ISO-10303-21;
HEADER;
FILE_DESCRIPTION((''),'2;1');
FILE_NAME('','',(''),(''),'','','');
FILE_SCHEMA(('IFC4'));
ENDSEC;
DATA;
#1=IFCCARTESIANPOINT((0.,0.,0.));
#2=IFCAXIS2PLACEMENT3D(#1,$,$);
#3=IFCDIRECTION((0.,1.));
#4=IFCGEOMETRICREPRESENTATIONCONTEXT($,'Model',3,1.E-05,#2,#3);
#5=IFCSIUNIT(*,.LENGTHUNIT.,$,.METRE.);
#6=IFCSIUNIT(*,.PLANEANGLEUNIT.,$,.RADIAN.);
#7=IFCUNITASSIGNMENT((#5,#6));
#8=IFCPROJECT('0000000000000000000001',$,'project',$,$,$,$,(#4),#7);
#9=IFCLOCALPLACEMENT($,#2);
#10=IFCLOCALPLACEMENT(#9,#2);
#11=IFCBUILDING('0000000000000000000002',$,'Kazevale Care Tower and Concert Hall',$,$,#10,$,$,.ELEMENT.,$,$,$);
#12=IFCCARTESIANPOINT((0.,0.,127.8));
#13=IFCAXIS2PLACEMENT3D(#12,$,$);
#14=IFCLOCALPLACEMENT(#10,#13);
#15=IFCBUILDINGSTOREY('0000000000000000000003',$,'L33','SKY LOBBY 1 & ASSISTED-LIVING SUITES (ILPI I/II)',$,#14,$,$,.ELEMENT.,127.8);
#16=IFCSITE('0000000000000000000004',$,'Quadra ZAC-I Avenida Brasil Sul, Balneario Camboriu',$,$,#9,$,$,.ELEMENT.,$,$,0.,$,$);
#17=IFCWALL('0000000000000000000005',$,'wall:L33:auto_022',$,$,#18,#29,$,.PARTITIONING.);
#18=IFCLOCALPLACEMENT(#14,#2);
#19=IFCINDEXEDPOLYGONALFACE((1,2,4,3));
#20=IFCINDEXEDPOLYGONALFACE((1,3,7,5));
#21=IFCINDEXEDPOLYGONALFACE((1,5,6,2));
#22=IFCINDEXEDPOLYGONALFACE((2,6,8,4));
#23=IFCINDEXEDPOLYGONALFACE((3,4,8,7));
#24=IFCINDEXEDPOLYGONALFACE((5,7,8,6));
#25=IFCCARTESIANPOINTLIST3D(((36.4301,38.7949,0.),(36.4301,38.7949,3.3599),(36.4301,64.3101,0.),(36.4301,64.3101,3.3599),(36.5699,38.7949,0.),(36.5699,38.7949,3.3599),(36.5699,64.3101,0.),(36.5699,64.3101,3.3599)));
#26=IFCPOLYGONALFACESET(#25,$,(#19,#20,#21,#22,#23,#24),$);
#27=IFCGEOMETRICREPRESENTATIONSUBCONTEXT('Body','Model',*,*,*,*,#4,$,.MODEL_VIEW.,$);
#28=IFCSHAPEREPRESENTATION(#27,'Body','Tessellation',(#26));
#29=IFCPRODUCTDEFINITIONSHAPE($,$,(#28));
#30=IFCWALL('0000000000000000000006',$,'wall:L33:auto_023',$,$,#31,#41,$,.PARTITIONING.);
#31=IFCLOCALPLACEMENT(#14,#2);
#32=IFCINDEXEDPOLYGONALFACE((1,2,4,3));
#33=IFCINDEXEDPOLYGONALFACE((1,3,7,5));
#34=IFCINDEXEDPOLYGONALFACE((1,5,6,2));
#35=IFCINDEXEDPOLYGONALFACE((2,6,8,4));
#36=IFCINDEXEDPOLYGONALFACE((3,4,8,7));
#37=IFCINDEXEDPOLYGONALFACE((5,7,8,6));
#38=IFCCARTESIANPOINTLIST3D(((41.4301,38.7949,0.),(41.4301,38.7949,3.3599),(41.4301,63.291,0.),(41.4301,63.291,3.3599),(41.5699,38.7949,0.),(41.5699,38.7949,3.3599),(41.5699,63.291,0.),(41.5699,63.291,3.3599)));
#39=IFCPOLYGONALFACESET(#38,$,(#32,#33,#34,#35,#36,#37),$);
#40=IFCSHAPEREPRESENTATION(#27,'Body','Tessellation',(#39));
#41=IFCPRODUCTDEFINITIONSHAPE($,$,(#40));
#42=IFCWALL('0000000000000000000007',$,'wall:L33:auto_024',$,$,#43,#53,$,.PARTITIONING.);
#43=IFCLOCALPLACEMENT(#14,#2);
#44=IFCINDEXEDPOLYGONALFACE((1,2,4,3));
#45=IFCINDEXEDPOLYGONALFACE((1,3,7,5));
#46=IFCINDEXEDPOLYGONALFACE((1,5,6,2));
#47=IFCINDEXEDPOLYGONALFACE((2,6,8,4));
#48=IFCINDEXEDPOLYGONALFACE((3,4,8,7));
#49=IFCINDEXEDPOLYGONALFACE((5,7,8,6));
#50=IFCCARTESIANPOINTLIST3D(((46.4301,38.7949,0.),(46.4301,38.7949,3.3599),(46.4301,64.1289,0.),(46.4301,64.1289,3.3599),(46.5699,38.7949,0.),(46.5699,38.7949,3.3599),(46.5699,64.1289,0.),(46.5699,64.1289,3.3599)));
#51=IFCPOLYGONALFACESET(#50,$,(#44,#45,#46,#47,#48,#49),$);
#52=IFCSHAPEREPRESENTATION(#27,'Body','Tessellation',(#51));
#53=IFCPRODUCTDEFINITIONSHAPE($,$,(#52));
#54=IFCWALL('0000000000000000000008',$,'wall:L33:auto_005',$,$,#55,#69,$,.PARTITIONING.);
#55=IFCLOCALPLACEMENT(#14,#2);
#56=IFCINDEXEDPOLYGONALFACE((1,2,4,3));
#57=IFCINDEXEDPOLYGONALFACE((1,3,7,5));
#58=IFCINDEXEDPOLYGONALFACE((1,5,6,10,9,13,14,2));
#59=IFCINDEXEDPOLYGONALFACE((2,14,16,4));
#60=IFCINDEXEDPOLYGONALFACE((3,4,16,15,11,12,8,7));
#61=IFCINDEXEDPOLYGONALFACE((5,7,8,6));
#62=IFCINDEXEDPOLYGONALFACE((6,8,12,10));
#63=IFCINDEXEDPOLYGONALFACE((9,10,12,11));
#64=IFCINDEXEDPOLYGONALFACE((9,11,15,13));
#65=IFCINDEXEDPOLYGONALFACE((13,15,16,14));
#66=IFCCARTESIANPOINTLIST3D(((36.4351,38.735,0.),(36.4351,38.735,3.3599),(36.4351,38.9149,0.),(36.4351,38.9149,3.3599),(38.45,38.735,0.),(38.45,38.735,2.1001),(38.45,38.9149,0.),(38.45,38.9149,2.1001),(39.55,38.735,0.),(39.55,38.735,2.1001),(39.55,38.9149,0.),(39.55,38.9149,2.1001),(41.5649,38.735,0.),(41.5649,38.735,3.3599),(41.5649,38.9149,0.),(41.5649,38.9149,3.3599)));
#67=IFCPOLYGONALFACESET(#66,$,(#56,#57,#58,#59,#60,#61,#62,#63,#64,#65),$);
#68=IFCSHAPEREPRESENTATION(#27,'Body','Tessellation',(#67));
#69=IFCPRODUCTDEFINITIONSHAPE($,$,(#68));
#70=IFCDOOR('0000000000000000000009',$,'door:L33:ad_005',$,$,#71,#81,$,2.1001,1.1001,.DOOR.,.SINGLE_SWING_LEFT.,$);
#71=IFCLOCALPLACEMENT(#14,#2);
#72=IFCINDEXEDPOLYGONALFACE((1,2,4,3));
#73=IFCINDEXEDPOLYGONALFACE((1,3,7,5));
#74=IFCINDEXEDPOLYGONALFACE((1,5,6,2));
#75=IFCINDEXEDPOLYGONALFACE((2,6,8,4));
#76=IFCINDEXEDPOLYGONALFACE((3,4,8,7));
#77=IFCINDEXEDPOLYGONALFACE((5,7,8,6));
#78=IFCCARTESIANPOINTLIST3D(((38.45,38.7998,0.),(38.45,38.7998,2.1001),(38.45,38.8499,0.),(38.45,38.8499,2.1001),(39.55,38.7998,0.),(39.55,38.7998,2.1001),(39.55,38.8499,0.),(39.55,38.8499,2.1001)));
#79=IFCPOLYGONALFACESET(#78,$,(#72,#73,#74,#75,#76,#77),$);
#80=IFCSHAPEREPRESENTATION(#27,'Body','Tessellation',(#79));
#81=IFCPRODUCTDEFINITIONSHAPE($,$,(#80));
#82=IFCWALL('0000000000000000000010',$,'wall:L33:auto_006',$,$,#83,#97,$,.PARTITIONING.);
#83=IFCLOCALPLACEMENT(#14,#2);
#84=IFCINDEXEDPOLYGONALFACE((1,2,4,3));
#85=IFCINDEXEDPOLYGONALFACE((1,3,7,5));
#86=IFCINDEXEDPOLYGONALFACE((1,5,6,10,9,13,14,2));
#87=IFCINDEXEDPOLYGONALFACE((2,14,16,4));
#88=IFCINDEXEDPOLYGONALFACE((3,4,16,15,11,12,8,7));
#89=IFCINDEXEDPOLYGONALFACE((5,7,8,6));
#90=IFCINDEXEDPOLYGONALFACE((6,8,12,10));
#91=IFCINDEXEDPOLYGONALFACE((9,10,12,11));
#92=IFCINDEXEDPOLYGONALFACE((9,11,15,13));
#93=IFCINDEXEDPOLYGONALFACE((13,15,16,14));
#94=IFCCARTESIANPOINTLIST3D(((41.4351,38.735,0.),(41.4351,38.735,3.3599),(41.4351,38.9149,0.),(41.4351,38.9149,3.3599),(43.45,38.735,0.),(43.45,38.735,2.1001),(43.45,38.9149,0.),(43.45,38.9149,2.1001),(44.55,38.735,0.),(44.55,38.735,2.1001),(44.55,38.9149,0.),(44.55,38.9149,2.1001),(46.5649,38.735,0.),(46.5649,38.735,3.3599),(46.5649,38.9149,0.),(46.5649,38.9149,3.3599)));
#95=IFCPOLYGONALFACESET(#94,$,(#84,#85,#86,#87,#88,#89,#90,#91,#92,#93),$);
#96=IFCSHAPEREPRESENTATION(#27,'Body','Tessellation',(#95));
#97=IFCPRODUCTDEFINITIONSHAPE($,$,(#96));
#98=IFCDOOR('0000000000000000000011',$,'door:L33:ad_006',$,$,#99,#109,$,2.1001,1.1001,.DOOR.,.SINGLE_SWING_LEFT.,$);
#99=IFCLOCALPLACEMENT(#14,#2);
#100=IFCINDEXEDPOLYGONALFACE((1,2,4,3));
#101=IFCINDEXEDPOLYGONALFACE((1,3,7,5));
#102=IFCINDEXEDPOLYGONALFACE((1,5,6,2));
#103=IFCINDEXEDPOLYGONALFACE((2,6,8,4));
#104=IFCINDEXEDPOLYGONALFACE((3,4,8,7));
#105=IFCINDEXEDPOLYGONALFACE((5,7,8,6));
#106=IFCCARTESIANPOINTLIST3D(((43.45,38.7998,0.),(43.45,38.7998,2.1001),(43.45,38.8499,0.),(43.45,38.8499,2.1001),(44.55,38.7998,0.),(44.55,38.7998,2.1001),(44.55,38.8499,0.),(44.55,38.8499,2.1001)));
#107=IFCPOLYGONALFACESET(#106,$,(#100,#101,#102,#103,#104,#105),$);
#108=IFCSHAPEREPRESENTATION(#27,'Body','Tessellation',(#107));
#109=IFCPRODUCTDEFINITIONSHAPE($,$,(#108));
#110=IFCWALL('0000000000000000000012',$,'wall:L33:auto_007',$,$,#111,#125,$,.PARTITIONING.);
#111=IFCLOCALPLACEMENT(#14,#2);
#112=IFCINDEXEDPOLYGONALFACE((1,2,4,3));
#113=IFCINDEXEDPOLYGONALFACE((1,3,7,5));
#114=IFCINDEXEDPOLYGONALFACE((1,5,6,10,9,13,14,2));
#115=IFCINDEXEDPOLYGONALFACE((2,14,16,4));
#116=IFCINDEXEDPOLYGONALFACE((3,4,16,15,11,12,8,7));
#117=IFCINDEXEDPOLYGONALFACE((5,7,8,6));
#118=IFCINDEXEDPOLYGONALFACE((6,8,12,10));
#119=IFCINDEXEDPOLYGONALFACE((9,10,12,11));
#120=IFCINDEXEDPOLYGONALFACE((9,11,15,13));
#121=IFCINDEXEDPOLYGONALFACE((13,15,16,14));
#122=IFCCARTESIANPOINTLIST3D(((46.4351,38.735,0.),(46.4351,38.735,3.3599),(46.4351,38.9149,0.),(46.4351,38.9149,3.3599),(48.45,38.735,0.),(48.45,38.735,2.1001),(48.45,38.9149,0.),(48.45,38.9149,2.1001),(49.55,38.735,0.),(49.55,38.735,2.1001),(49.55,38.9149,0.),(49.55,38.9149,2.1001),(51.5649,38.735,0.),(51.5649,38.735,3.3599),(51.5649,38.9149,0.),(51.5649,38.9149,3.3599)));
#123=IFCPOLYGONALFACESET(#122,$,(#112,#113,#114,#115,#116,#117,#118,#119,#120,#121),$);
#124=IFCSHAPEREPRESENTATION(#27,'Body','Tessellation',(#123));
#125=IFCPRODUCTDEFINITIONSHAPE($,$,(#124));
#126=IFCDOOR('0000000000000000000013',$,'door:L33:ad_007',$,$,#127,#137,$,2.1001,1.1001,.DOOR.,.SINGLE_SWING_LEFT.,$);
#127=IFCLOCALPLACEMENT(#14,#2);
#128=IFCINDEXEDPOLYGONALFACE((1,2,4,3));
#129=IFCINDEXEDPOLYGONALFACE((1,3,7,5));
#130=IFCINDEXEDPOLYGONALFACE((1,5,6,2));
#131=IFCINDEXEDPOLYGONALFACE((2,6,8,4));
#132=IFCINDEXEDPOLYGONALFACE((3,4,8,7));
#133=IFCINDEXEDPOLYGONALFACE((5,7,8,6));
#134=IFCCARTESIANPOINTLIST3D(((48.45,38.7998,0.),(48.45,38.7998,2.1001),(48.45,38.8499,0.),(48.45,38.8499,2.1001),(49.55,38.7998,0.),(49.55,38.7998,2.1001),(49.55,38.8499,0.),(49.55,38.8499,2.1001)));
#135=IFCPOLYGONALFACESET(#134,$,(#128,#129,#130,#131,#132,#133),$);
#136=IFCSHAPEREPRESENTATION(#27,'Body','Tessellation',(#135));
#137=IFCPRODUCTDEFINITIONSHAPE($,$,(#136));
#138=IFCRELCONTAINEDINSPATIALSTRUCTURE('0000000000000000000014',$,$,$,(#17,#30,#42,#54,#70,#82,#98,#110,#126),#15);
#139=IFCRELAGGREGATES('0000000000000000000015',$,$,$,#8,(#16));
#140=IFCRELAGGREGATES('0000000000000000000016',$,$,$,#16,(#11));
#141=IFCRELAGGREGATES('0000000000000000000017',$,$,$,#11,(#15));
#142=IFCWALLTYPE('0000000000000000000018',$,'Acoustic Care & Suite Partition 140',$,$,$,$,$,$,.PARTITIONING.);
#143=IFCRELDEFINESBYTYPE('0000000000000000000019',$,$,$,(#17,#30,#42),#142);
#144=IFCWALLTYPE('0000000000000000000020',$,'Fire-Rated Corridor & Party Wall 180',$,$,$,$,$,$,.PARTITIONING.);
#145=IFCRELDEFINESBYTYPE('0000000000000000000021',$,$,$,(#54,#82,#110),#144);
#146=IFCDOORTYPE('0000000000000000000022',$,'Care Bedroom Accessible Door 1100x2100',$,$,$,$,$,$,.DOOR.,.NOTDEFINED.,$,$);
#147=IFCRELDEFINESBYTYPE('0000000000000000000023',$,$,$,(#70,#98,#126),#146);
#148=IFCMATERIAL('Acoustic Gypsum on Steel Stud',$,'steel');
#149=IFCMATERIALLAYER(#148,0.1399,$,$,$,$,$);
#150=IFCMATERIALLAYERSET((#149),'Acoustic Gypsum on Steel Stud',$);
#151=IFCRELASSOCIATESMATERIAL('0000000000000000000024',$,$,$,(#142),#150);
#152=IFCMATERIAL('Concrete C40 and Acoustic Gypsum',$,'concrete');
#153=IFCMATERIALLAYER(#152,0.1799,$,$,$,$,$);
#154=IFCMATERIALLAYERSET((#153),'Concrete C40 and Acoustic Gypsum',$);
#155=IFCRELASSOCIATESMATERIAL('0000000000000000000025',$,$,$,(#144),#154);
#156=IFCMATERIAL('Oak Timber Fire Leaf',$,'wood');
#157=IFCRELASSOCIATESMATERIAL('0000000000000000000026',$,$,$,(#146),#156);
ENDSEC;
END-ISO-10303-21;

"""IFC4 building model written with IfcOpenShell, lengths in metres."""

from ifc_helpers import new_model, si_unit, direction, frame, frame_2d, origin, place, context, subcontext, project, spatial, rectangle, extrude, material, layer, layer_set, type_object, element, fill, save


model = new_model("IFC4")

# Units and contexts
model_context = context("Model", 3, precision=1e-05, world=origin(), true_north=direction((0.0, 1.0)))
body_context = subcontext(model_context, "Body", "Model", "MODEL_VIEW")
ifc_project = project(units=[si_unit("LENGTHUNIT", "METRE"), si_unit("PLANEANGLEUNIT", "RADIAN")], contexts=[model_context])

# Site, building, storey
site_placement = place(None, origin())
site = spatial("IfcSite", under=ifc_project, at=site_placement, Name="Quadra ZAC-I Avenida Brasil Sul, Balneario Camboriu", CompositionType="ELEMENT", RefElevation=0.0)
building_placement = place(site_placement, origin())
building = spatial("IfcBuilding", under=site, at=building_placement, Name="Kazevale Care Tower and Concert Hall", CompositionType="ELEMENT")
storey_placement = place(building_placement, frame((0.0, 0.0, 127.8)))
storey = spatial("IfcBuildingStorey", under=building, at=storey_placement, Name="L33", Description="SKY LOBBY 1 & ASSISTED-LIVING SUITES (ILPI I/II)", CompositionType="ELEMENT", Elevation=127.8)

# Walls
ifc_material_1 = material(Name="Acoustic Gypsum on Steel Stud", Category="steel")
ifc_layer_1 = layer(ifc_material_1, 0.1399)
ifc_layer_set_1 = layer_set([ifc_layer_1], Name="Acoustic Gypsum on Steel Stud")
wall_type_1 = type_object("IfcWallType", Name="Acoustic Care & Suite Partition 140", PredefinedType="PARTITIONING", material=ifc_layer_set_1)
wall_1_placement = place(storey_placement, frame((36.5, 64.3101, 0.0), z_axis=(0.0, 0.0, 1.0), x_axis=(0.0, -1.0, 0.0)))
element("IfcWall", 1, at=wall_1_placement, inside=storey, type_object=wall_type_1, Name="wall:L33:auto_022", PredefinedType="PARTITIONING", context=body_context, shape_type="SweptSolid", body=[
    extrude(rectangle(XDim=25.5151, YDim=0.1399, at=frame_2d((12.7576, 0.0))), origin(), (0.0, 0.0, 1.0), 3.3599),
])
wall_2_placement = place(storey_placement, frame((41.5, 63.291, 0.0), z_axis=(0.0, 0.0, 1.0), x_axis=(0.0, -1.0, 0.0)))
element("IfcWall", 2, at=wall_2_placement, inside=storey, type_object=wall_type_1, Name="wall:L33:auto_023", PredefinedType="PARTITIONING", context=body_context, shape_type="SweptSolid", body=[
    extrude(rectangle(XDim=24.4961, YDim=0.1399, at=frame_2d((12.248, 0.0))), origin(), (0.0, 0.0, 1.0), 3.3599),
])
wall_3_placement = place(storey_placement, frame((46.5, 64.1289, 0.0), z_axis=(0.0, 0.0, 1.0), x_axis=(0.0, -1.0, 0.0)))
element("IfcWall", 3, at=wall_3_placement, inside=storey, type_object=wall_type_1, Name="wall:L33:auto_024", PredefinedType="PARTITIONING", context=body_context, shape_type="SweptSolid", body=[
    extrude(rectangle(XDim=25.334, YDim=0.1399, at=frame_2d((12.667, 0.0))), origin(), (0.0, 0.0, 1.0), 3.3599),
])

# Walls, openings, doors
ifc_material_2 = material(Name="Concrete C40 and Acoustic Gypsum", Category="concrete")
ifc_layer_2 = layer(ifc_material_2, 0.1799)
ifc_layer_set_2 = layer_set([ifc_layer_2], Name="Concrete C40 and Acoustic Gypsum")
wall_type_2 = type_object("IfcWallType", Name="Fire-Rated Corridor & Party Wall 180", PredefinedType="PARTITIONING", material=ifc_layer_set_2)
wall_4_placement = place(storey_placement, frame((36.4351, 38.825, 0.0), z_axis=(0.0, 0.0, 1.0), x_axis=(1.0, 0.0, 0.0)))
wall_4 = element("IfcWall", 4, at=wall_4_placement, inside=storey, type_object=wall_type_2, Name="wall:L33:auto_005", PredefinedType="PARTITIONING", context=body_context, shape_type="SweptSolid", body=[
    extrude(rectangle(XDim=5.1299, YDim=0.1799, at=frame_2d((2.5649, 0.0))), origin(), (0.0, 0.0, 1.0), 3.3599),
])
opening_1_placement = place(wall_4_placement, frame((2.0149, 0.0, 0.0)))
opening_1 = element("IfcOpeningElement", 5, at=opening_1_placement, cuts=wall_4, PredefinedType="OPENING", context=body_context, shape_type="SweptSolid", body=[
    extrude(rectangle(XDim=1.1001, YDim=2.1001, at=frame_2d((0.55, 1.05))), frame((0.0, 0.0999, 0.0), z_axis=(0.0, -1.0, 0.0), x_axis=(1.0, 0.0, 0.0)), (0.0, 0.0, 1.0), 0.2),
])
ifc_material_3 = material(Name="Oak Timber Fire Leaf", Category="wood")
door_type = type_object("IfcDoorType", Name="Care Bedroom Accessible Door 1100x2100", OperationType="NOTDEFINED", PredefinedType="DOOR", material=ifc_material_3)
door_1_placement = place(opening_1_placement, origin())
door_1 = element("IfcDoor", 6, at=door_1_placement, inside=storey, type_object=door_type, Name="door:L33:ad_005", OperationType="SINGLE_SWING_LEFT", OverallHeight=2.1001, OverallWidth=1.1001, PredefinedType="DOOR", context=body_context, shape_type="SweptSolid", body=[
    extrude(rectangle(XDim=1.1001, YDim=2.1001, at=frame_2d((0.55, 1.05))), frame((0.0, 0.0249, 0.0), z_axis=(0.0, -1.0, 0.0), x_axis=(1.0, 0.0, 0.0)), (0.0, 0.0, 1.0), 0.05),
])
fill(opening_1, door_1)
wall_5_placement = place(storey_placement, frame((41.4351, 38.825, 0.0), z_axis=(0.0, 0.0, 1.0), x_axis=(1.0, 0.0, 0.0)))
wall_5 = element("IfcWall", 7, at=wall_5_placement, inside=storey, type_object=wall_type_2, Name="wall:L33:auto_006", PredefinedType="PARTITIONING", context=body_context, shape_type="SweptSolid", body=[
    extrude(rectangle(XDim=5.1299, YDim=0.1799, at=frame_2d((2.5649, 0.0))), origin(), (0.0, 0.0, 1.0), 3.3599),
])
opening_2_placement = place(wall_5_placement, frame((2.0149, 0.0, 0.0)))
opening_2 = element("IfcOpeningElement", 8, at=opening_2_placement, cuts=wall_5, PredefinedType="OPENING", context=body_context, shape_type="SweptSolid", body=[
    extrude(rectangle(XDim=1.1001, YDim=2.1001, at=frame_2d((0.55, 1.05))), frame((0.0, 0.0999, 0.0), z_axis=(0.0, -1.0, 0.0), x_axis=(1.0, 0.0, 0.0)), (0.0, 0.0, 1.0), 0.2),
])
door_2_placement = place(opening_2_placement, origin())
door_2 = element("IfcDoor", 9, at=door_2_placement, inside=storey, type_object=door_type, Name="door:L33:ad_006", OperationType="SINGLE_SWING_LEFT", OverallHeight=2.1001, OverallWidth=1.1001, PredefinedType="DOOR", context=body_context, shape_type="SweptSolid", body=[
    extrude(rectangle(XDim=1.1001, YDim=2.1001, at=frame_2d((0.55, 1.05))), frame((0.0, 0.0249, 0.0), z_axis=(0.0, -1.0, 0.0), x_axis=(1.0, 0.0, 0.0)), (0.0, 0.0, 1.0), 0.05),
])
fill(opening_2, door_2)
wall_6_placement = place(storey_placement, frame((46.4351, 38.825, 0.0), z_axis=(0.0, 0.0, 1.0), x_axis=(1.0, 0.0, 0.0)))
wall_6 = element("IfcWall", 10, at=wall_6_placement, inside=storey, type_object=wall_type_2, Name="wall:L33:auto_007", PredefinedType="PARTITIONING", context=body_context, shape_type="SweptSolid", body=[
    extrude(rectangle(XDim=5.1299, YDim=0.1799, at=frame_2d((2.5649, 0.0))), origin(), (0.0, 0.0, 1.0), 3.3599),
])
opening_3_placement = place(wall_6_placement, frame((2.0149, 0.0, 0.0)))
opening_3 = element("IfcOpeningElement", 11, at=opening_3_placement, cuts=wall_6, PredefinedType="OPENING", context=body_context, shape_type="SweptSolid", body=[
    extrude(rectangle(XDim=1.1001, YDim=2.1001, at=frame_2d((0.55, 1.05))), frame((0.0, 0.0999, 0.0), z_axis=(0.0, -1.0, 0.0), x_axis=(1.0, 0.0, 0.0)), (0.0, 0.0, 1.0), 0.2),
])
door_3_placement = place(opening_3_placement, origin())
door_3 = element("IfcDoor", 12, at=door_3_placement, inside=storey, type_object=door_type, Name="door:L33:ad_007", OperationType="SINGLE_SWING_LEFT", OverallHeight=2.1001, OverallWidth=1.1001, PredefinedType="DOOR", context=body_context, shape_type="SweptSolid", body=[
    extrude(rectangle(XDim=1.1001, YDim=2.1001, at=frame_2d((0.55, 1.05))), frame((0.0, 0.0249, 0.0), z_axis=(0.0, -1.0, 0.0), x_axis=(1.0, 0.0, 0.0)), (0.0, 0.0, 1.0), 0.05),
])
fill(opening_3, door_3)

save(model, "model.ifc")
